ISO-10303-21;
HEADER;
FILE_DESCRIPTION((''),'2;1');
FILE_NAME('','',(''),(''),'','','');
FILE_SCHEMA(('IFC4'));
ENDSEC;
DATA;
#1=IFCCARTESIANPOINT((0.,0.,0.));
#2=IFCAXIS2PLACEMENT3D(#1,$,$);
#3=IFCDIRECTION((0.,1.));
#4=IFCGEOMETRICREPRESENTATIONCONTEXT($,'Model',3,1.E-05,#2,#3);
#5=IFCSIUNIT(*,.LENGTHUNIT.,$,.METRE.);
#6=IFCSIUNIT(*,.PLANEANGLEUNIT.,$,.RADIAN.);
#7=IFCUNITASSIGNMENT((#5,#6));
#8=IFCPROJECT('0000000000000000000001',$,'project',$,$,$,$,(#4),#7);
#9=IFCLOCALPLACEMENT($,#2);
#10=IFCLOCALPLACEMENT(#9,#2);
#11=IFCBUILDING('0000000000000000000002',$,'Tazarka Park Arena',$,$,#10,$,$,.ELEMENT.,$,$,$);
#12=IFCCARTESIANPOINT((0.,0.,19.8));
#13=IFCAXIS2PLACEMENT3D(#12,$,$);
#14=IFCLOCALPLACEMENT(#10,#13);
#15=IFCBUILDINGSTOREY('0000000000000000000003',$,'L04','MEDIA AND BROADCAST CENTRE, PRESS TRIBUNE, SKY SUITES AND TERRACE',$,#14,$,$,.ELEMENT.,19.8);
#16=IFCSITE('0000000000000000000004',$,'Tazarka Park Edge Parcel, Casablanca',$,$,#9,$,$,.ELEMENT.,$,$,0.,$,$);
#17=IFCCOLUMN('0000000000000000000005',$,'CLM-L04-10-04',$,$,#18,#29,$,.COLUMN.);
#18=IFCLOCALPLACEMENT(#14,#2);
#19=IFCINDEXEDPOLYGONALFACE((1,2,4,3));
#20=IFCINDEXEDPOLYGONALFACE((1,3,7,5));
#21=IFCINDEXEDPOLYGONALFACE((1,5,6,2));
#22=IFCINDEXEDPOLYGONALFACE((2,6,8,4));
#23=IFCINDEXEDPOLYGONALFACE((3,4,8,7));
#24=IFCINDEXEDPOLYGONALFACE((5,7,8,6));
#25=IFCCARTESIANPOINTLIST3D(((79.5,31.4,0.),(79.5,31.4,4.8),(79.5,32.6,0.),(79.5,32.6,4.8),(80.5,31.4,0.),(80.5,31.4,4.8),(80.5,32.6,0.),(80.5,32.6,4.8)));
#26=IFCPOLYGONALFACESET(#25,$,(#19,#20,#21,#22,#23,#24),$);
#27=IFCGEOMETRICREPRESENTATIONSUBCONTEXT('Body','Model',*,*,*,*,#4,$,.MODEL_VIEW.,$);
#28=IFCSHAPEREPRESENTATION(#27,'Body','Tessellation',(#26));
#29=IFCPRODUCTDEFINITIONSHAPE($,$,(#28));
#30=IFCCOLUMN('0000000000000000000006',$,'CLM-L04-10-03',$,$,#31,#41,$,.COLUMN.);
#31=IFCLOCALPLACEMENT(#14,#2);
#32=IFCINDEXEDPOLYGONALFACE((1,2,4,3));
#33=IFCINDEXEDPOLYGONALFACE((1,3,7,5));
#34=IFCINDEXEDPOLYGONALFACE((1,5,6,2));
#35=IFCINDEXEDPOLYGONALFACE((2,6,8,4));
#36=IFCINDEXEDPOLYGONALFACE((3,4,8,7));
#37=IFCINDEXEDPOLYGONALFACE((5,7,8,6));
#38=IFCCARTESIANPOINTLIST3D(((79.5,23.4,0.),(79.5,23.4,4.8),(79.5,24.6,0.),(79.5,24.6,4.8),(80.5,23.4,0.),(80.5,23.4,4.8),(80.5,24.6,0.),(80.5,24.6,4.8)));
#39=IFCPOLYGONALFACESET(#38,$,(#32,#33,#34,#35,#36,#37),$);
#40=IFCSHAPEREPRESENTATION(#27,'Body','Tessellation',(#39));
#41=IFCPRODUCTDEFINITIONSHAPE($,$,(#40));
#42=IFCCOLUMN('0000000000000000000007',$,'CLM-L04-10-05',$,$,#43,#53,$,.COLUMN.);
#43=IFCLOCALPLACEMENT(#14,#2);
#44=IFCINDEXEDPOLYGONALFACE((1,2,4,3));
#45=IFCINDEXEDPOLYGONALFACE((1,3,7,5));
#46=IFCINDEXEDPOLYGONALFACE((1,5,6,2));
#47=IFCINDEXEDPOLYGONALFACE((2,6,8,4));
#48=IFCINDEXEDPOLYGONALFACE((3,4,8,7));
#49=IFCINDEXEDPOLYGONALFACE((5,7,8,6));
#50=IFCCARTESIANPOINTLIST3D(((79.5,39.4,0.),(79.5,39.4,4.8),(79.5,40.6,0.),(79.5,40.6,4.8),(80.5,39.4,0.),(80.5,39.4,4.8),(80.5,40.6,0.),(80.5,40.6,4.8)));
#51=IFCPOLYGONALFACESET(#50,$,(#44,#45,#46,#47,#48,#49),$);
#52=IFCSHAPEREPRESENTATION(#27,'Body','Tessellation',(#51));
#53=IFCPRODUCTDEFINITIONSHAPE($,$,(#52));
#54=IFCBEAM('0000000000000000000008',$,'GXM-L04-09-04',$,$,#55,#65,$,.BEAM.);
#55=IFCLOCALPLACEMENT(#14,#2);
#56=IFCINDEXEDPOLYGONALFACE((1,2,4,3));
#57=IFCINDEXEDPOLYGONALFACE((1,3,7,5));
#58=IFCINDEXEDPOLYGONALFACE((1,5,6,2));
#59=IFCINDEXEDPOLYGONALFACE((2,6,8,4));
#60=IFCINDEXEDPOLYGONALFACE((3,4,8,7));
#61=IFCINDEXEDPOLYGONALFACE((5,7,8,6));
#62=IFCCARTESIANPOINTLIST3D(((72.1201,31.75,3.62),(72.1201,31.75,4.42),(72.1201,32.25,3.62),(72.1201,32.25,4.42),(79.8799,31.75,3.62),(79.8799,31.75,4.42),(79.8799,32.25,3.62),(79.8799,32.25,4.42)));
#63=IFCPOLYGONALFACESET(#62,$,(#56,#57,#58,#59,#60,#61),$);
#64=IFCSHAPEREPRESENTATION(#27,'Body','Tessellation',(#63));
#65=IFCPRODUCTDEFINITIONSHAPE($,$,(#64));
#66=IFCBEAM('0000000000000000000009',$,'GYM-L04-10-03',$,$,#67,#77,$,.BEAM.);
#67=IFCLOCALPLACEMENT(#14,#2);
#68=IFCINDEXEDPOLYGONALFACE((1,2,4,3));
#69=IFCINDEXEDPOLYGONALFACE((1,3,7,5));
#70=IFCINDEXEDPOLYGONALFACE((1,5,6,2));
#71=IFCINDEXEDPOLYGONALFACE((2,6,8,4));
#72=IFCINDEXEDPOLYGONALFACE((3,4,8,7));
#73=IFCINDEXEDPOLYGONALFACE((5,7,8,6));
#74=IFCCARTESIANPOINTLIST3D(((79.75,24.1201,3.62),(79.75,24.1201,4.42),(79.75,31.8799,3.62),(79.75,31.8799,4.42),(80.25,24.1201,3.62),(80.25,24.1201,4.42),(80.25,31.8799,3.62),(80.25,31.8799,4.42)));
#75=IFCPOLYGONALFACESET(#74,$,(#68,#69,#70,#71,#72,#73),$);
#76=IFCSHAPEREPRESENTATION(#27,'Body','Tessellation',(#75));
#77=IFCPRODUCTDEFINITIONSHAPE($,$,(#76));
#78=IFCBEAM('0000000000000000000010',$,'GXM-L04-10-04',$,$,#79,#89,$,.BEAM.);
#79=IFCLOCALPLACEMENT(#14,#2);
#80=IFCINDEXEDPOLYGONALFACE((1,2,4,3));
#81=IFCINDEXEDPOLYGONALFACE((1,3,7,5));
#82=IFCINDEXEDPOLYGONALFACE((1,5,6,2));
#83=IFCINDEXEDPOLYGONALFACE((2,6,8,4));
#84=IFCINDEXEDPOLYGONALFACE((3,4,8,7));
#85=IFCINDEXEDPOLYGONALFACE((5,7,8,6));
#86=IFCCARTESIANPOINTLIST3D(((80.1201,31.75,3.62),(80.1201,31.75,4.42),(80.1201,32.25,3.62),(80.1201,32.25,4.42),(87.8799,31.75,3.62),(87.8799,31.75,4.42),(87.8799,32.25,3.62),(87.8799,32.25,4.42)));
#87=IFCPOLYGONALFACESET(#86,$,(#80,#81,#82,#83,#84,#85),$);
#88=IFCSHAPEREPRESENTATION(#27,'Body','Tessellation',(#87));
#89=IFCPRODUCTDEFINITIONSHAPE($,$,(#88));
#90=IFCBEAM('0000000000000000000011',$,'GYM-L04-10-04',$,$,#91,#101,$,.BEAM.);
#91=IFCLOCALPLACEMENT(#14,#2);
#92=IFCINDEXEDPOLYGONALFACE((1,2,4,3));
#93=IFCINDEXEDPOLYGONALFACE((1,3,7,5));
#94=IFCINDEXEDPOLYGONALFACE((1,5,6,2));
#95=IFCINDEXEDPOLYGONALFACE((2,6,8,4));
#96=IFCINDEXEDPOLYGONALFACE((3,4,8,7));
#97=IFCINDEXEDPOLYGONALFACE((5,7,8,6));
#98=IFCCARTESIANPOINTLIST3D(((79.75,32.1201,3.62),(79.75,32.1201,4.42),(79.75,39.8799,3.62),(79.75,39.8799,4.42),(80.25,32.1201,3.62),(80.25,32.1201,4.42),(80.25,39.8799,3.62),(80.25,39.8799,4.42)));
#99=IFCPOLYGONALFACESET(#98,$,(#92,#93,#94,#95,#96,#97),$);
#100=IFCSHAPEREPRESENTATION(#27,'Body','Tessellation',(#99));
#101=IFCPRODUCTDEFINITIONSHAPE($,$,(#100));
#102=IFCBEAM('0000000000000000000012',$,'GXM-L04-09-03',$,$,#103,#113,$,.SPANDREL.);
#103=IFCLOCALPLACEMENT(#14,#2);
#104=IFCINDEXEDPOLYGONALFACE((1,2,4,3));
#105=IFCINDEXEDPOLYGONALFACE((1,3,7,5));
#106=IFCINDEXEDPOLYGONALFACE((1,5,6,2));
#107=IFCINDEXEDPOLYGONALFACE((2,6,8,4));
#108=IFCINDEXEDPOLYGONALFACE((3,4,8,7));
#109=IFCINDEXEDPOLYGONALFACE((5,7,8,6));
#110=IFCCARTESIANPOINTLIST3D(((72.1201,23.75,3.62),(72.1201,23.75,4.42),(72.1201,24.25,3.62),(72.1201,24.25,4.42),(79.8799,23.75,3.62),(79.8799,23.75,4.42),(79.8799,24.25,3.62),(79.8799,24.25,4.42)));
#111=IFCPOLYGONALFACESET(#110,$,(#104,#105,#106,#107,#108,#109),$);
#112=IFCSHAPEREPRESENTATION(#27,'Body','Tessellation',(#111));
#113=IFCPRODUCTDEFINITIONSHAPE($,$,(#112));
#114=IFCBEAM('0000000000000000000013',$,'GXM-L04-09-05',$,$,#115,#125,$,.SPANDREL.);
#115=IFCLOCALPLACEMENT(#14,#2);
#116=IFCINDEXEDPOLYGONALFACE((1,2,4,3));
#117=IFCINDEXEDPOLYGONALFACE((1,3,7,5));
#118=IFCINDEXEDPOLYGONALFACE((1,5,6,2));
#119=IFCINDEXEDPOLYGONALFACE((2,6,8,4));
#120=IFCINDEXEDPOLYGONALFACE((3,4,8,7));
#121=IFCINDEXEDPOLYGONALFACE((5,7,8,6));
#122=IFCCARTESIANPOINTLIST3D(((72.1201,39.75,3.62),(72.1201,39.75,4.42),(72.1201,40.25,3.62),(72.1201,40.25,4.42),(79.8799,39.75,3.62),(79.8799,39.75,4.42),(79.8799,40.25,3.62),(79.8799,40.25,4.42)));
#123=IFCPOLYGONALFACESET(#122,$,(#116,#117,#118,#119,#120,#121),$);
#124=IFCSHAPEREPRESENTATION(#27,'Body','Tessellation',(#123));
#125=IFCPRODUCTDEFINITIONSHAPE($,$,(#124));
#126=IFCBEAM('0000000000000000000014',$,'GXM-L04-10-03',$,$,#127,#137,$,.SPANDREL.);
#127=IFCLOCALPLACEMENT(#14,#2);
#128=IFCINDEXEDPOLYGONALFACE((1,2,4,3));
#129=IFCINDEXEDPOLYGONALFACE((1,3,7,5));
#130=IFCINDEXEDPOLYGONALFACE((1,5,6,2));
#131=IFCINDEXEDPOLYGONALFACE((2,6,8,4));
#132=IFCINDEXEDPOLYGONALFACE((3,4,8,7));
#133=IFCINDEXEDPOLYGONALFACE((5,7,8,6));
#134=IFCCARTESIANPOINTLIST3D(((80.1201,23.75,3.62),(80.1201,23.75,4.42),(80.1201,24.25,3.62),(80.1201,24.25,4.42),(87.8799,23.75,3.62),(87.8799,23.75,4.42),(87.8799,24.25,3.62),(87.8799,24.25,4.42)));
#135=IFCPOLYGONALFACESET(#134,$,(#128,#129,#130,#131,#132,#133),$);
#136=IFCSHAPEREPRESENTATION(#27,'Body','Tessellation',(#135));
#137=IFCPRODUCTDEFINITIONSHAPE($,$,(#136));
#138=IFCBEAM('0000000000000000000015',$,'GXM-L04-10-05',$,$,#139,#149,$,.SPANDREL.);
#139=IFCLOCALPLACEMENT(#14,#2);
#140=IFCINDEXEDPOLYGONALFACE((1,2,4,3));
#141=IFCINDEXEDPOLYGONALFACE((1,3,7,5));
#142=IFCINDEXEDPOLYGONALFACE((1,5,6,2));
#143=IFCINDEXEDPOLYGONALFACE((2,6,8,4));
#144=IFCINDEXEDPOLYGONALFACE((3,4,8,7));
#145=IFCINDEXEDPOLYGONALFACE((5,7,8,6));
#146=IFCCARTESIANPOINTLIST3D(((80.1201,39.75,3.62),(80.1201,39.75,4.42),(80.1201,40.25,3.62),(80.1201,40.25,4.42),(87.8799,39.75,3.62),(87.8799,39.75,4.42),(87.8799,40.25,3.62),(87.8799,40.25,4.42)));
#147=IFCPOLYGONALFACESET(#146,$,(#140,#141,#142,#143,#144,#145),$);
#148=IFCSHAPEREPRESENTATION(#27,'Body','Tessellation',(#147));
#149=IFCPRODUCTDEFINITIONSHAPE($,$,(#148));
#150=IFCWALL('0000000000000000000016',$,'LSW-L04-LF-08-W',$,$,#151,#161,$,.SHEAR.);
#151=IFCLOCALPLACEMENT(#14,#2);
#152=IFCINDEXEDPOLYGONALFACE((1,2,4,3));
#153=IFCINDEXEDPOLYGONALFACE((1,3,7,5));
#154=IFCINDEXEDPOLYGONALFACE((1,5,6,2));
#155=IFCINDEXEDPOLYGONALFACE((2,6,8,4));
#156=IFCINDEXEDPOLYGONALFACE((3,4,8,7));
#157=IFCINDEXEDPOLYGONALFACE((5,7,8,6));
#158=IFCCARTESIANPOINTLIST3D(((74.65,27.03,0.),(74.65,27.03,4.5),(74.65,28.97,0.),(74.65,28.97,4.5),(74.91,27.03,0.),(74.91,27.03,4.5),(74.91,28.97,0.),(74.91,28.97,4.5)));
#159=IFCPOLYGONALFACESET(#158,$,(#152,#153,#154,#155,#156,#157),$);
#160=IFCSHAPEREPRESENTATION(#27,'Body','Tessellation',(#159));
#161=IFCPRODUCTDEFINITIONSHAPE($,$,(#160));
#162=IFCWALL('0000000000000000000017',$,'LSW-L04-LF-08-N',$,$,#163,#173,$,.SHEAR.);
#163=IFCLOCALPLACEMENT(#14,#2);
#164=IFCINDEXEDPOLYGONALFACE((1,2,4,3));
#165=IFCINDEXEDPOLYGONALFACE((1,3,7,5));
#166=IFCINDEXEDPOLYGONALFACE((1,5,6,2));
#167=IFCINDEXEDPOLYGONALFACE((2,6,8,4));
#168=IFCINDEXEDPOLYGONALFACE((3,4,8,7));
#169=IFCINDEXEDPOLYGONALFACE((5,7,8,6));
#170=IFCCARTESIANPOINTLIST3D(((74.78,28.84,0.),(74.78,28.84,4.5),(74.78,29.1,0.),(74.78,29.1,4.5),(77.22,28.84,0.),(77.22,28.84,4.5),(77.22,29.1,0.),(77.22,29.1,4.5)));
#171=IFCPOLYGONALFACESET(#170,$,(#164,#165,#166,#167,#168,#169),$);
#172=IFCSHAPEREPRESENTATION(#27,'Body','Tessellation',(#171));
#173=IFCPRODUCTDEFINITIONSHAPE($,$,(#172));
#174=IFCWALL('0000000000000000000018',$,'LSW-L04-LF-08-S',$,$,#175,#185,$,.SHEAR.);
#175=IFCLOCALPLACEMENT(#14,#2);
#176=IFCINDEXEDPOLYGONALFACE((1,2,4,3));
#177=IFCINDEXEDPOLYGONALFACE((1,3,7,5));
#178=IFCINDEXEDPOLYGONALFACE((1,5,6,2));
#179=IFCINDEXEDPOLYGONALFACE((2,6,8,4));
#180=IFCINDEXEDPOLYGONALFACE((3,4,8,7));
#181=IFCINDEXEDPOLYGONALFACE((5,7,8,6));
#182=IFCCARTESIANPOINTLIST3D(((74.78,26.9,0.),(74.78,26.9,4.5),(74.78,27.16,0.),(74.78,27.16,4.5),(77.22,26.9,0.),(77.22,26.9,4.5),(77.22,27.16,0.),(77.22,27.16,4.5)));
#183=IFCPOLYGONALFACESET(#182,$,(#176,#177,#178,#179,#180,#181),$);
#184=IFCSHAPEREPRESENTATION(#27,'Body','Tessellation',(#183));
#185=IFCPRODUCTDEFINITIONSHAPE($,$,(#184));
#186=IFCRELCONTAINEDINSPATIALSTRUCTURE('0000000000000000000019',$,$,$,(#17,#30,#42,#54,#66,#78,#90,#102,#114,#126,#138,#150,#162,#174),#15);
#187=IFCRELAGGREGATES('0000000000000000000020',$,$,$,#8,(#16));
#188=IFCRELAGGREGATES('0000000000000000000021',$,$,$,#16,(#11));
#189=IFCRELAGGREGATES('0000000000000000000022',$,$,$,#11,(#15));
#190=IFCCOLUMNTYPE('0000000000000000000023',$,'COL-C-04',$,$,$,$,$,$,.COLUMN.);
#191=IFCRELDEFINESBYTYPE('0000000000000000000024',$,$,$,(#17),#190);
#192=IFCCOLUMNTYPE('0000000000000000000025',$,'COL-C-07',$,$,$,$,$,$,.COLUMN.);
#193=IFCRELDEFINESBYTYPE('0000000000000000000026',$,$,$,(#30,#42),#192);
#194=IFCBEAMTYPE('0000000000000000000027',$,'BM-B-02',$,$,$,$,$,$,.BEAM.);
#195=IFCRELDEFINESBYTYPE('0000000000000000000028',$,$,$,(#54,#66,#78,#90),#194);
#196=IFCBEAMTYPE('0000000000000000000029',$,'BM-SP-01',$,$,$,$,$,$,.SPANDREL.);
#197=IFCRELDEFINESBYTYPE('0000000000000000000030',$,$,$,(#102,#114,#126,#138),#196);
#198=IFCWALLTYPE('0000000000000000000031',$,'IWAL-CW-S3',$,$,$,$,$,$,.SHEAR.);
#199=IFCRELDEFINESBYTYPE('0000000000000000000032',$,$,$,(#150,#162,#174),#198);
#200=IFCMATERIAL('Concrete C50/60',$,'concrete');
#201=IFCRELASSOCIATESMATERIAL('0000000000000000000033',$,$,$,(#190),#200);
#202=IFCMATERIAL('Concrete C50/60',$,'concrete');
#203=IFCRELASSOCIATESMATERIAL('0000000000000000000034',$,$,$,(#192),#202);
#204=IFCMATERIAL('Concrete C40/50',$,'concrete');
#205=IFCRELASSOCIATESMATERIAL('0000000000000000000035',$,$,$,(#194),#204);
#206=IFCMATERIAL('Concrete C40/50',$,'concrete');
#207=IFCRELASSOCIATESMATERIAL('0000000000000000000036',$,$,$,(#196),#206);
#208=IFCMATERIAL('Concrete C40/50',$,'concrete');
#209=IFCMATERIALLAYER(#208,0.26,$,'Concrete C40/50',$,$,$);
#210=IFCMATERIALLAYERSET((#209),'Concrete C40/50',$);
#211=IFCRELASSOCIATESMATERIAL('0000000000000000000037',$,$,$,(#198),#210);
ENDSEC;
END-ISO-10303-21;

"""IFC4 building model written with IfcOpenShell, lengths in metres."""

from ifc_helpers import new_model, si_unit, direction, frame, frame_2d, origin, origin_2d, place, context, subcontext, project, spatial, rectangle, extrude, material, layer, layer_set, material_profile, profile_set, type_object, element, save


model = new_model("IFC4")

# Units and contexts
model_context = context("Model", 3, precision=1e-05, world=origin(), true_north=direction((0.0, 1.0)))
body_context = subcontext(model_context, "Body", "Model", "MODEL_VIEW")
ifc_project = project(units=[si_unit("LENGTHUNIT", "METRE"), si_unit("PLANEANGLEUNIT", "RADIAN")], contexts=[model_context])

# Site, building, storey
site_placement = place(None, origin())
site = spatial("IfcSite", under=ifc_project, at=site_placement, Name="Tazarka Park Edge Parcel, Casablanca", CompositionType="ELEMENT", RefElevation=0.0)
building_placement = place(site_placement, origin())
building = spatial("IfcBuilding", under=site, at=building_placement, Name="Tazarka Park Arena", CompositionType="ELEMENT")
storey_placement = place(building_placement, frame((0.0, 0.0, 19.8)))
storey = spatial("IfcBuildingStorey", under=building, at=storey_placement, Name="L04", Description="MEDIA AND BROADCAST CENTRE, PRESS TRIBUNE, SKY SUITES AND TERRACE", CompositionType="ELEMENT", Elevation=19.8)

# Columns
ifc_material_1 = material(Name="Concrete C50/60", Category="concrete")
ifc_material_profile_1 = material_profile(ifc_material_1, rectangle(XDim=1.0, YDim=1.2, at=origin_2d()), Name="Concrete C50/60")
ifc_profile_set_1 = profile_set([ifc_material_profile_1], Name="Concrete C50/60")
column_type_1 = type_object("IfcColumnType", Name="COL-C-04", PredefinedType="COLUMN", material=ifc_profile_set_1)
column_placement = place(storey_placement, frame((80.0, 32.0, 0.0), z_axis=(0.0, 0.0, 1.0), x_axis=(1.0, 0.0, 0.0)))
element("IfcColumn", 1, at=column_placement, inside=storey, type_object=column_type_1, Name="CLM-L04-10-04", PredefinedType="COLUMN", context=body_context, shape_type="SweptSolid", body=[
    extrude(rectangle(XDim=1.0, YDim=1.2, at=origin_2d()), origin(), (0.0, 0.0, 1.0), 4.8),
])
ifc_material_2 = material(Name="Concrete C50/60", Category="concrete")
ifc_material_profile_2 = material_profile(ifc_material_2, rectangle(XDim=1.0, YDim=1.2, at=origin_2d()), Name="Concrete C50/60")
ifc_profile_set_2 = profile_set([ifc_material_profile_2], Name="Concrete C50/60")
column_type_2 = type_object("IfcColumnType", Name="COL-C-07", PredefinedType="COLUMN", material=ifc_profile_set_2)
for number, where, z_axis, x_axis, name in (
    (2, (80.0, 24.0, 0.0), (0.0, 0.0, 1.0), (1.0, 0.0, 0.0), "CLM-L04-10-03"),
    (3, (80.0, 40.0, 0.0), (0.0, 0.0, 1.0), (1.0, 0.0, 0.0), "CLM-L04-10-05"),
):
    element("IfcColumn", number, at=place(storey_placement, frame(where, z_axis=z_axis, x_axis=x_axis)), inside=storey, type_object=column_type_2, Name=name, PredefinedType="COLUMN", context=body_context, shape_type="SweptSolid", body=[
        extrude(rectangle(XDim=1.0, YDim=1.2, at=origin_2d()), origin(), (0.0, 0.0, 1.0), 4.8),
    ])

# Beams
ifc_material_3 = material(Name="Concrete C40/50", Category="concrete")
ifc_material_profile_3 = material_profile(ifc_material_3, rectangle(XDim=0.5, YDim=0.8, at=origin_2d()), Name="Concrete C40/50")
ifc_profile_set_3 = profile_set([ifc_material_profile_3], Name="Concrete C40/50")
beam_type_1 = type_object("IfcBeamType", Name="BM-B-02", PredefinedType="BEAM", material=ifc_profile_set_3)
for number, where, z_axis, x_axis, name in (
    (4, (72.1201, 32.0, 4.02), (1.0, 0.0, 0.0), (0.0, 1.0, 0.0), "GXM-L04-09-04"),
    (5, (80.0, 24.1201, 4.02), (0.0, 1.0, 0.0), (-1.0, 0.0, 0.0), "GYM-L04-10-03"),
    (6, (80.1201, 32.0, 4.02), (1.0, 0.0, 0.0), (0.0, 1.0, 0.0), "GXM-L04-10-04"),
    (7, (80.0, 32.1201, 4.02), (0.0, 1.0, 0.0), (-1.0, 0.0, 0.0), "GYM-L04-10-04"),
):
    element("IfcBeam", number, at=place(storey_placement, frame(where, z_axis=z_axis, x_axis=x_axis)), inside=storey, type_object=beam_type_1, Name=name, PredefinedType="BEAM", context=body_context, shape_type="SweptSolid", body=[
        extrude(rectangle(XDim=0.5, YDim=0.8, at=origin_2d()), origin(), (0.0, 0.0, 1.0), 7.7598),
    ])
ifc_material_4 = material(Name="Concrete C40/50", Category="concrete")
ifc_material_profile_4 = material_profile(ifc_material_4, rectangle(XDim=0.5, YDim=0.8, at=origin_2d()), Name="Concrete C40/50")
ifc_profile_set_4 = profile_set([ifc_material_profile_4], Name="Concrete C40/50")
beam_type_2 = type_object("IfcBeamType", Name="BM-SP-01", PredefinedType="SPANDREL", material=ifc_profile_set_4)
for number, where, z_axis, x_axis, name in (
    (8, (72.1201, 24.0, 4.02), (1.0, 0.0, 0.0), (0.0, 1.0, 0.0), "GXM-L04-09-03"),
    (9, (72.1201, 40.0, 4.02), (1.0, 0.0, 0.0), (0.0, 1.0, 0.0), "GXM-L04-09-05"),
    (10, (80.1201, 24.0, 4.02), (1.0, 0.0, 0.0), (0.0, 1.0, 0.0), "GXM-L04-10-03"),
    (11, (80.1201, 40.0, 4.02), (1.0, 0.0, 0.0), (0.0, 1.0, 0.0), "GXM-L04-10-05"),
):
    element("IfcBeam", number, at=place(storey_placement, frame(where, z_axis=z_axis, x_axis=x_axis)), inside=storey, type_object=beam_type_2, Name=name, PredefinedType="SPANDREL", context=body_context, shape_type="SweptSolid", body=[
        extrude(rectangle(XDim=0.5, YDim=0.8, at=origin_2d()), origin(), (0.0, 0.0, 1.0), 7.7598),
    ])

# Walls
ifc_material_5 = material(Name="Concrete C40/50", Category="concrete")
ifc_layer_1 = layer(ifc_material_5, 0.26, Name="Concrete C40/50")
ifc_layer_set_1 = layer_set([ifc_layer_1], Name="Concrete C40/50")
wall_type_1 = type_object("IfcWallType", Name="IWAL-CW-S3", PredefinedType="SHEAR", material=ifc_layer_set_1)
wall_1_placement = place(storey_placement, frame((74.78, 27.03, 0.0), z_axis=(0.0, 0.0, 1.0), x_axis=(0.0, 1.0, 0.0)))
element("IfcWall", 12, at=wall_1_placement, inside=storey, type_object=wall_type_1, Name="LSW-L04-LF-08-W", PredefinedType="SHEAR", context=body_context, shape_type="SweptSolid", body=[
    extrude(rectangle(XDim=1.9399, YDim=0.26, at=frame_2d((0.97, 0.0))), origin(), (0.0, 0.0, 1.0), 4.5),
])
for number, where, z_axis, x_axis, name in (
    (13, (74.78, 28.97, 0.0), (0.0, 0.0, 1.0), (1.0, 0.0, 0.0), "LSW-L04-LF-08-N"),
    (14, (77.22, 27.03, 0.0), (0.0, 0.0, 1.0), (-1.0, 0.0, 0.0), "LSW-L04-LF-08-S"),
):
    element("IfcWall", number, at=place(storey_placement, frame(where, z_axis=z_axis, x_axis=x_axis)), inside=storey, type_object=wall_type_1, Name=name, PredefinedType="SHEAR", context=body_context, shape_type="SweptSolid", body=[
        extrude(rectangle(XDim=2.4399, YDim=0.26, at=frame_2d((1.22, 0.0))), origin(), (0.0, 0.0, 1.0), 4.5),
    ])

save(model, "model.ifc")
